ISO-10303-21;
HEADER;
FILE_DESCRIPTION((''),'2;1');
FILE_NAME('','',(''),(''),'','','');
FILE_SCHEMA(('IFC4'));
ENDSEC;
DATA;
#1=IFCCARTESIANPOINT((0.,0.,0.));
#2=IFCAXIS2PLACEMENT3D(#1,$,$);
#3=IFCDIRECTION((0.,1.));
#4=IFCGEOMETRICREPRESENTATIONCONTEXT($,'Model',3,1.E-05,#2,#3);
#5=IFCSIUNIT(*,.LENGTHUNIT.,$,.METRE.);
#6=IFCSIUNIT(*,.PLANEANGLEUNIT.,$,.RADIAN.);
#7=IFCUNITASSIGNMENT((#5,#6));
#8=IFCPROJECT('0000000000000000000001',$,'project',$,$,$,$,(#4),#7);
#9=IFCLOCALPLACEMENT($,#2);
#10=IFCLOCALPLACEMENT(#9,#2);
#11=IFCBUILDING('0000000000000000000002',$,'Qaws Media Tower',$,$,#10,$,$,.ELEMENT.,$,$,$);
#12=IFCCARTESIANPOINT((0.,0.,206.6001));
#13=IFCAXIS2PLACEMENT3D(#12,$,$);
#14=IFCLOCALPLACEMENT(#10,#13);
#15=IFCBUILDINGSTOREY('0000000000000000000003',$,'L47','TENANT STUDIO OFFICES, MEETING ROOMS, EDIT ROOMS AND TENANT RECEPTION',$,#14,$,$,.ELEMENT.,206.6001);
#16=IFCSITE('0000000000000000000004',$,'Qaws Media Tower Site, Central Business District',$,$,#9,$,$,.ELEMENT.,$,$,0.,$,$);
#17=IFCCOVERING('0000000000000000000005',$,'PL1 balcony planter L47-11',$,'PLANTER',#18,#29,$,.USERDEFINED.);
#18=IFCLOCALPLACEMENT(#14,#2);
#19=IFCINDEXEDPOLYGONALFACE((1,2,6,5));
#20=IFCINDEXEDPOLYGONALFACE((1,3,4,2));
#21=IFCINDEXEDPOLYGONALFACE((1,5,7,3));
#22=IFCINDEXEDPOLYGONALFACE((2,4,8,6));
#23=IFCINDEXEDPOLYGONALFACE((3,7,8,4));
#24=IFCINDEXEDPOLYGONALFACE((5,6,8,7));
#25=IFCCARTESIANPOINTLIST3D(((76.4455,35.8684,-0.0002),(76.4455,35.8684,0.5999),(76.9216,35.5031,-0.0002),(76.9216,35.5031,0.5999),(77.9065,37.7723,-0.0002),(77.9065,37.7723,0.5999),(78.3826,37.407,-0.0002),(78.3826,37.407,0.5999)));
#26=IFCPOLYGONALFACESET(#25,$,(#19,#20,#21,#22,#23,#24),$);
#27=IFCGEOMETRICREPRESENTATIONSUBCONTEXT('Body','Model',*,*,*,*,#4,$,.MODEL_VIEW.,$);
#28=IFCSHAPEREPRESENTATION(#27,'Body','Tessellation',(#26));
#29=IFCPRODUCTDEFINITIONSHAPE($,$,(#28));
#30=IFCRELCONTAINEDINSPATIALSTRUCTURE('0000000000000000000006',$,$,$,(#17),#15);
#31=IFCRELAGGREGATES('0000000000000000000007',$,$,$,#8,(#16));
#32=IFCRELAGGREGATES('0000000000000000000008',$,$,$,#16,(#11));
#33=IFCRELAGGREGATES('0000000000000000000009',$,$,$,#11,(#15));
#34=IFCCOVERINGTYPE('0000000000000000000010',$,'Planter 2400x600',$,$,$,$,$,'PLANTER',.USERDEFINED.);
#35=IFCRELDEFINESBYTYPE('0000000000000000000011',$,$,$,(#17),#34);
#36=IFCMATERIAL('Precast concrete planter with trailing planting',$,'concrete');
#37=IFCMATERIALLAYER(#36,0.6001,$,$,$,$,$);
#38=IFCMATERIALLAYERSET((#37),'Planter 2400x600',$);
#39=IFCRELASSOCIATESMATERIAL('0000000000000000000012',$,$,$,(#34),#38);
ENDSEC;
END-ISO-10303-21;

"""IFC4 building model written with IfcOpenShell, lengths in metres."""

from ifc_helpers import new_model, si_unit, direction, frame, origin, origin_2d, place, context, subcontext, project, spatial, rectangle, extrude, material, layer, layer_set, type_object, element, save


model = new_model("IFC4")

# Units and contexts
model_context = context("Model", 3, precision=1e-05, world=origin(), true_north=direction((0.0, 1.0)))
body_context = subcontext(model_context, "Body", "Model", "MODEL_VIEW")
ifc_project = project(units=[si_unit("LENGTHUNIT", "METRE"), si_unit("PLANEANGLEUNIT", "RADIAN")], contexts=[model_context])

# Site, building, storey
site_placement = place(None, origin())
site = spatial("IfcSite", under=ifc_project, at=site_placement, Name="Qaws Media Tower Site, Central Business District", CompositionType="ELEMENT", RefElevation=0.0)
building_placement = place(site_placement, origin())
building = spatial("IfcBuilding", under=site, at=building_placement, Name="Qaws Media Tower", CompositionType="ELEMENT")
storey_placement = place(building_placement, frame((0.0, 0.0, 206.6001)))
storey = spatial("IfcBuildingStorey", under=building, at=storey_placement, Name="L47", Description="TENANT STUDIO OFFICES, MEETING ROOMS, EDIT ROOMS AND TENANT RECEPTION", CompositionType="ELEMENT", Elevation=206.6001)

# Covering
ifc_material_1 = material(Name="Precast concrete planter with trailing planting", Category="concrete")
ifc_layer_1 = layer(ifc_material_1, 0.6001)
ifc_layer_set_1 = layer_set([ifc_layer_1], Name="Planter 2400x600")
covering_type = type_object("IfcCoveringType", Name="Planter 2400x600", ElementType="PLANTER", PredefinedType="USERDEFINED", material=ifc_layer_set_1)
covering_placement = place(storey_placement, frame((77.4141, 36.6377, -0.0002), z_axis=(0.0, 0.0, 1.0), x_axis=(0.608761, 0.793353, 0.0)))
element("IfcCovering", 1, at=covering_placement, inside=storey, type_object=covering_type, Name="PL1 balcony planter L47-11", ObjectType="PLANTER", PredefinedType="USERDEFINED", context=body_context, shape_type="SweptSolid", body=[
    extrude(rectangle(XDim=2.3999, YDim=0.6001, at=origin_2d()), origin(), (0.0, 0.0, 1.0), 0.6001),
])

save(model, "model.ifc")
